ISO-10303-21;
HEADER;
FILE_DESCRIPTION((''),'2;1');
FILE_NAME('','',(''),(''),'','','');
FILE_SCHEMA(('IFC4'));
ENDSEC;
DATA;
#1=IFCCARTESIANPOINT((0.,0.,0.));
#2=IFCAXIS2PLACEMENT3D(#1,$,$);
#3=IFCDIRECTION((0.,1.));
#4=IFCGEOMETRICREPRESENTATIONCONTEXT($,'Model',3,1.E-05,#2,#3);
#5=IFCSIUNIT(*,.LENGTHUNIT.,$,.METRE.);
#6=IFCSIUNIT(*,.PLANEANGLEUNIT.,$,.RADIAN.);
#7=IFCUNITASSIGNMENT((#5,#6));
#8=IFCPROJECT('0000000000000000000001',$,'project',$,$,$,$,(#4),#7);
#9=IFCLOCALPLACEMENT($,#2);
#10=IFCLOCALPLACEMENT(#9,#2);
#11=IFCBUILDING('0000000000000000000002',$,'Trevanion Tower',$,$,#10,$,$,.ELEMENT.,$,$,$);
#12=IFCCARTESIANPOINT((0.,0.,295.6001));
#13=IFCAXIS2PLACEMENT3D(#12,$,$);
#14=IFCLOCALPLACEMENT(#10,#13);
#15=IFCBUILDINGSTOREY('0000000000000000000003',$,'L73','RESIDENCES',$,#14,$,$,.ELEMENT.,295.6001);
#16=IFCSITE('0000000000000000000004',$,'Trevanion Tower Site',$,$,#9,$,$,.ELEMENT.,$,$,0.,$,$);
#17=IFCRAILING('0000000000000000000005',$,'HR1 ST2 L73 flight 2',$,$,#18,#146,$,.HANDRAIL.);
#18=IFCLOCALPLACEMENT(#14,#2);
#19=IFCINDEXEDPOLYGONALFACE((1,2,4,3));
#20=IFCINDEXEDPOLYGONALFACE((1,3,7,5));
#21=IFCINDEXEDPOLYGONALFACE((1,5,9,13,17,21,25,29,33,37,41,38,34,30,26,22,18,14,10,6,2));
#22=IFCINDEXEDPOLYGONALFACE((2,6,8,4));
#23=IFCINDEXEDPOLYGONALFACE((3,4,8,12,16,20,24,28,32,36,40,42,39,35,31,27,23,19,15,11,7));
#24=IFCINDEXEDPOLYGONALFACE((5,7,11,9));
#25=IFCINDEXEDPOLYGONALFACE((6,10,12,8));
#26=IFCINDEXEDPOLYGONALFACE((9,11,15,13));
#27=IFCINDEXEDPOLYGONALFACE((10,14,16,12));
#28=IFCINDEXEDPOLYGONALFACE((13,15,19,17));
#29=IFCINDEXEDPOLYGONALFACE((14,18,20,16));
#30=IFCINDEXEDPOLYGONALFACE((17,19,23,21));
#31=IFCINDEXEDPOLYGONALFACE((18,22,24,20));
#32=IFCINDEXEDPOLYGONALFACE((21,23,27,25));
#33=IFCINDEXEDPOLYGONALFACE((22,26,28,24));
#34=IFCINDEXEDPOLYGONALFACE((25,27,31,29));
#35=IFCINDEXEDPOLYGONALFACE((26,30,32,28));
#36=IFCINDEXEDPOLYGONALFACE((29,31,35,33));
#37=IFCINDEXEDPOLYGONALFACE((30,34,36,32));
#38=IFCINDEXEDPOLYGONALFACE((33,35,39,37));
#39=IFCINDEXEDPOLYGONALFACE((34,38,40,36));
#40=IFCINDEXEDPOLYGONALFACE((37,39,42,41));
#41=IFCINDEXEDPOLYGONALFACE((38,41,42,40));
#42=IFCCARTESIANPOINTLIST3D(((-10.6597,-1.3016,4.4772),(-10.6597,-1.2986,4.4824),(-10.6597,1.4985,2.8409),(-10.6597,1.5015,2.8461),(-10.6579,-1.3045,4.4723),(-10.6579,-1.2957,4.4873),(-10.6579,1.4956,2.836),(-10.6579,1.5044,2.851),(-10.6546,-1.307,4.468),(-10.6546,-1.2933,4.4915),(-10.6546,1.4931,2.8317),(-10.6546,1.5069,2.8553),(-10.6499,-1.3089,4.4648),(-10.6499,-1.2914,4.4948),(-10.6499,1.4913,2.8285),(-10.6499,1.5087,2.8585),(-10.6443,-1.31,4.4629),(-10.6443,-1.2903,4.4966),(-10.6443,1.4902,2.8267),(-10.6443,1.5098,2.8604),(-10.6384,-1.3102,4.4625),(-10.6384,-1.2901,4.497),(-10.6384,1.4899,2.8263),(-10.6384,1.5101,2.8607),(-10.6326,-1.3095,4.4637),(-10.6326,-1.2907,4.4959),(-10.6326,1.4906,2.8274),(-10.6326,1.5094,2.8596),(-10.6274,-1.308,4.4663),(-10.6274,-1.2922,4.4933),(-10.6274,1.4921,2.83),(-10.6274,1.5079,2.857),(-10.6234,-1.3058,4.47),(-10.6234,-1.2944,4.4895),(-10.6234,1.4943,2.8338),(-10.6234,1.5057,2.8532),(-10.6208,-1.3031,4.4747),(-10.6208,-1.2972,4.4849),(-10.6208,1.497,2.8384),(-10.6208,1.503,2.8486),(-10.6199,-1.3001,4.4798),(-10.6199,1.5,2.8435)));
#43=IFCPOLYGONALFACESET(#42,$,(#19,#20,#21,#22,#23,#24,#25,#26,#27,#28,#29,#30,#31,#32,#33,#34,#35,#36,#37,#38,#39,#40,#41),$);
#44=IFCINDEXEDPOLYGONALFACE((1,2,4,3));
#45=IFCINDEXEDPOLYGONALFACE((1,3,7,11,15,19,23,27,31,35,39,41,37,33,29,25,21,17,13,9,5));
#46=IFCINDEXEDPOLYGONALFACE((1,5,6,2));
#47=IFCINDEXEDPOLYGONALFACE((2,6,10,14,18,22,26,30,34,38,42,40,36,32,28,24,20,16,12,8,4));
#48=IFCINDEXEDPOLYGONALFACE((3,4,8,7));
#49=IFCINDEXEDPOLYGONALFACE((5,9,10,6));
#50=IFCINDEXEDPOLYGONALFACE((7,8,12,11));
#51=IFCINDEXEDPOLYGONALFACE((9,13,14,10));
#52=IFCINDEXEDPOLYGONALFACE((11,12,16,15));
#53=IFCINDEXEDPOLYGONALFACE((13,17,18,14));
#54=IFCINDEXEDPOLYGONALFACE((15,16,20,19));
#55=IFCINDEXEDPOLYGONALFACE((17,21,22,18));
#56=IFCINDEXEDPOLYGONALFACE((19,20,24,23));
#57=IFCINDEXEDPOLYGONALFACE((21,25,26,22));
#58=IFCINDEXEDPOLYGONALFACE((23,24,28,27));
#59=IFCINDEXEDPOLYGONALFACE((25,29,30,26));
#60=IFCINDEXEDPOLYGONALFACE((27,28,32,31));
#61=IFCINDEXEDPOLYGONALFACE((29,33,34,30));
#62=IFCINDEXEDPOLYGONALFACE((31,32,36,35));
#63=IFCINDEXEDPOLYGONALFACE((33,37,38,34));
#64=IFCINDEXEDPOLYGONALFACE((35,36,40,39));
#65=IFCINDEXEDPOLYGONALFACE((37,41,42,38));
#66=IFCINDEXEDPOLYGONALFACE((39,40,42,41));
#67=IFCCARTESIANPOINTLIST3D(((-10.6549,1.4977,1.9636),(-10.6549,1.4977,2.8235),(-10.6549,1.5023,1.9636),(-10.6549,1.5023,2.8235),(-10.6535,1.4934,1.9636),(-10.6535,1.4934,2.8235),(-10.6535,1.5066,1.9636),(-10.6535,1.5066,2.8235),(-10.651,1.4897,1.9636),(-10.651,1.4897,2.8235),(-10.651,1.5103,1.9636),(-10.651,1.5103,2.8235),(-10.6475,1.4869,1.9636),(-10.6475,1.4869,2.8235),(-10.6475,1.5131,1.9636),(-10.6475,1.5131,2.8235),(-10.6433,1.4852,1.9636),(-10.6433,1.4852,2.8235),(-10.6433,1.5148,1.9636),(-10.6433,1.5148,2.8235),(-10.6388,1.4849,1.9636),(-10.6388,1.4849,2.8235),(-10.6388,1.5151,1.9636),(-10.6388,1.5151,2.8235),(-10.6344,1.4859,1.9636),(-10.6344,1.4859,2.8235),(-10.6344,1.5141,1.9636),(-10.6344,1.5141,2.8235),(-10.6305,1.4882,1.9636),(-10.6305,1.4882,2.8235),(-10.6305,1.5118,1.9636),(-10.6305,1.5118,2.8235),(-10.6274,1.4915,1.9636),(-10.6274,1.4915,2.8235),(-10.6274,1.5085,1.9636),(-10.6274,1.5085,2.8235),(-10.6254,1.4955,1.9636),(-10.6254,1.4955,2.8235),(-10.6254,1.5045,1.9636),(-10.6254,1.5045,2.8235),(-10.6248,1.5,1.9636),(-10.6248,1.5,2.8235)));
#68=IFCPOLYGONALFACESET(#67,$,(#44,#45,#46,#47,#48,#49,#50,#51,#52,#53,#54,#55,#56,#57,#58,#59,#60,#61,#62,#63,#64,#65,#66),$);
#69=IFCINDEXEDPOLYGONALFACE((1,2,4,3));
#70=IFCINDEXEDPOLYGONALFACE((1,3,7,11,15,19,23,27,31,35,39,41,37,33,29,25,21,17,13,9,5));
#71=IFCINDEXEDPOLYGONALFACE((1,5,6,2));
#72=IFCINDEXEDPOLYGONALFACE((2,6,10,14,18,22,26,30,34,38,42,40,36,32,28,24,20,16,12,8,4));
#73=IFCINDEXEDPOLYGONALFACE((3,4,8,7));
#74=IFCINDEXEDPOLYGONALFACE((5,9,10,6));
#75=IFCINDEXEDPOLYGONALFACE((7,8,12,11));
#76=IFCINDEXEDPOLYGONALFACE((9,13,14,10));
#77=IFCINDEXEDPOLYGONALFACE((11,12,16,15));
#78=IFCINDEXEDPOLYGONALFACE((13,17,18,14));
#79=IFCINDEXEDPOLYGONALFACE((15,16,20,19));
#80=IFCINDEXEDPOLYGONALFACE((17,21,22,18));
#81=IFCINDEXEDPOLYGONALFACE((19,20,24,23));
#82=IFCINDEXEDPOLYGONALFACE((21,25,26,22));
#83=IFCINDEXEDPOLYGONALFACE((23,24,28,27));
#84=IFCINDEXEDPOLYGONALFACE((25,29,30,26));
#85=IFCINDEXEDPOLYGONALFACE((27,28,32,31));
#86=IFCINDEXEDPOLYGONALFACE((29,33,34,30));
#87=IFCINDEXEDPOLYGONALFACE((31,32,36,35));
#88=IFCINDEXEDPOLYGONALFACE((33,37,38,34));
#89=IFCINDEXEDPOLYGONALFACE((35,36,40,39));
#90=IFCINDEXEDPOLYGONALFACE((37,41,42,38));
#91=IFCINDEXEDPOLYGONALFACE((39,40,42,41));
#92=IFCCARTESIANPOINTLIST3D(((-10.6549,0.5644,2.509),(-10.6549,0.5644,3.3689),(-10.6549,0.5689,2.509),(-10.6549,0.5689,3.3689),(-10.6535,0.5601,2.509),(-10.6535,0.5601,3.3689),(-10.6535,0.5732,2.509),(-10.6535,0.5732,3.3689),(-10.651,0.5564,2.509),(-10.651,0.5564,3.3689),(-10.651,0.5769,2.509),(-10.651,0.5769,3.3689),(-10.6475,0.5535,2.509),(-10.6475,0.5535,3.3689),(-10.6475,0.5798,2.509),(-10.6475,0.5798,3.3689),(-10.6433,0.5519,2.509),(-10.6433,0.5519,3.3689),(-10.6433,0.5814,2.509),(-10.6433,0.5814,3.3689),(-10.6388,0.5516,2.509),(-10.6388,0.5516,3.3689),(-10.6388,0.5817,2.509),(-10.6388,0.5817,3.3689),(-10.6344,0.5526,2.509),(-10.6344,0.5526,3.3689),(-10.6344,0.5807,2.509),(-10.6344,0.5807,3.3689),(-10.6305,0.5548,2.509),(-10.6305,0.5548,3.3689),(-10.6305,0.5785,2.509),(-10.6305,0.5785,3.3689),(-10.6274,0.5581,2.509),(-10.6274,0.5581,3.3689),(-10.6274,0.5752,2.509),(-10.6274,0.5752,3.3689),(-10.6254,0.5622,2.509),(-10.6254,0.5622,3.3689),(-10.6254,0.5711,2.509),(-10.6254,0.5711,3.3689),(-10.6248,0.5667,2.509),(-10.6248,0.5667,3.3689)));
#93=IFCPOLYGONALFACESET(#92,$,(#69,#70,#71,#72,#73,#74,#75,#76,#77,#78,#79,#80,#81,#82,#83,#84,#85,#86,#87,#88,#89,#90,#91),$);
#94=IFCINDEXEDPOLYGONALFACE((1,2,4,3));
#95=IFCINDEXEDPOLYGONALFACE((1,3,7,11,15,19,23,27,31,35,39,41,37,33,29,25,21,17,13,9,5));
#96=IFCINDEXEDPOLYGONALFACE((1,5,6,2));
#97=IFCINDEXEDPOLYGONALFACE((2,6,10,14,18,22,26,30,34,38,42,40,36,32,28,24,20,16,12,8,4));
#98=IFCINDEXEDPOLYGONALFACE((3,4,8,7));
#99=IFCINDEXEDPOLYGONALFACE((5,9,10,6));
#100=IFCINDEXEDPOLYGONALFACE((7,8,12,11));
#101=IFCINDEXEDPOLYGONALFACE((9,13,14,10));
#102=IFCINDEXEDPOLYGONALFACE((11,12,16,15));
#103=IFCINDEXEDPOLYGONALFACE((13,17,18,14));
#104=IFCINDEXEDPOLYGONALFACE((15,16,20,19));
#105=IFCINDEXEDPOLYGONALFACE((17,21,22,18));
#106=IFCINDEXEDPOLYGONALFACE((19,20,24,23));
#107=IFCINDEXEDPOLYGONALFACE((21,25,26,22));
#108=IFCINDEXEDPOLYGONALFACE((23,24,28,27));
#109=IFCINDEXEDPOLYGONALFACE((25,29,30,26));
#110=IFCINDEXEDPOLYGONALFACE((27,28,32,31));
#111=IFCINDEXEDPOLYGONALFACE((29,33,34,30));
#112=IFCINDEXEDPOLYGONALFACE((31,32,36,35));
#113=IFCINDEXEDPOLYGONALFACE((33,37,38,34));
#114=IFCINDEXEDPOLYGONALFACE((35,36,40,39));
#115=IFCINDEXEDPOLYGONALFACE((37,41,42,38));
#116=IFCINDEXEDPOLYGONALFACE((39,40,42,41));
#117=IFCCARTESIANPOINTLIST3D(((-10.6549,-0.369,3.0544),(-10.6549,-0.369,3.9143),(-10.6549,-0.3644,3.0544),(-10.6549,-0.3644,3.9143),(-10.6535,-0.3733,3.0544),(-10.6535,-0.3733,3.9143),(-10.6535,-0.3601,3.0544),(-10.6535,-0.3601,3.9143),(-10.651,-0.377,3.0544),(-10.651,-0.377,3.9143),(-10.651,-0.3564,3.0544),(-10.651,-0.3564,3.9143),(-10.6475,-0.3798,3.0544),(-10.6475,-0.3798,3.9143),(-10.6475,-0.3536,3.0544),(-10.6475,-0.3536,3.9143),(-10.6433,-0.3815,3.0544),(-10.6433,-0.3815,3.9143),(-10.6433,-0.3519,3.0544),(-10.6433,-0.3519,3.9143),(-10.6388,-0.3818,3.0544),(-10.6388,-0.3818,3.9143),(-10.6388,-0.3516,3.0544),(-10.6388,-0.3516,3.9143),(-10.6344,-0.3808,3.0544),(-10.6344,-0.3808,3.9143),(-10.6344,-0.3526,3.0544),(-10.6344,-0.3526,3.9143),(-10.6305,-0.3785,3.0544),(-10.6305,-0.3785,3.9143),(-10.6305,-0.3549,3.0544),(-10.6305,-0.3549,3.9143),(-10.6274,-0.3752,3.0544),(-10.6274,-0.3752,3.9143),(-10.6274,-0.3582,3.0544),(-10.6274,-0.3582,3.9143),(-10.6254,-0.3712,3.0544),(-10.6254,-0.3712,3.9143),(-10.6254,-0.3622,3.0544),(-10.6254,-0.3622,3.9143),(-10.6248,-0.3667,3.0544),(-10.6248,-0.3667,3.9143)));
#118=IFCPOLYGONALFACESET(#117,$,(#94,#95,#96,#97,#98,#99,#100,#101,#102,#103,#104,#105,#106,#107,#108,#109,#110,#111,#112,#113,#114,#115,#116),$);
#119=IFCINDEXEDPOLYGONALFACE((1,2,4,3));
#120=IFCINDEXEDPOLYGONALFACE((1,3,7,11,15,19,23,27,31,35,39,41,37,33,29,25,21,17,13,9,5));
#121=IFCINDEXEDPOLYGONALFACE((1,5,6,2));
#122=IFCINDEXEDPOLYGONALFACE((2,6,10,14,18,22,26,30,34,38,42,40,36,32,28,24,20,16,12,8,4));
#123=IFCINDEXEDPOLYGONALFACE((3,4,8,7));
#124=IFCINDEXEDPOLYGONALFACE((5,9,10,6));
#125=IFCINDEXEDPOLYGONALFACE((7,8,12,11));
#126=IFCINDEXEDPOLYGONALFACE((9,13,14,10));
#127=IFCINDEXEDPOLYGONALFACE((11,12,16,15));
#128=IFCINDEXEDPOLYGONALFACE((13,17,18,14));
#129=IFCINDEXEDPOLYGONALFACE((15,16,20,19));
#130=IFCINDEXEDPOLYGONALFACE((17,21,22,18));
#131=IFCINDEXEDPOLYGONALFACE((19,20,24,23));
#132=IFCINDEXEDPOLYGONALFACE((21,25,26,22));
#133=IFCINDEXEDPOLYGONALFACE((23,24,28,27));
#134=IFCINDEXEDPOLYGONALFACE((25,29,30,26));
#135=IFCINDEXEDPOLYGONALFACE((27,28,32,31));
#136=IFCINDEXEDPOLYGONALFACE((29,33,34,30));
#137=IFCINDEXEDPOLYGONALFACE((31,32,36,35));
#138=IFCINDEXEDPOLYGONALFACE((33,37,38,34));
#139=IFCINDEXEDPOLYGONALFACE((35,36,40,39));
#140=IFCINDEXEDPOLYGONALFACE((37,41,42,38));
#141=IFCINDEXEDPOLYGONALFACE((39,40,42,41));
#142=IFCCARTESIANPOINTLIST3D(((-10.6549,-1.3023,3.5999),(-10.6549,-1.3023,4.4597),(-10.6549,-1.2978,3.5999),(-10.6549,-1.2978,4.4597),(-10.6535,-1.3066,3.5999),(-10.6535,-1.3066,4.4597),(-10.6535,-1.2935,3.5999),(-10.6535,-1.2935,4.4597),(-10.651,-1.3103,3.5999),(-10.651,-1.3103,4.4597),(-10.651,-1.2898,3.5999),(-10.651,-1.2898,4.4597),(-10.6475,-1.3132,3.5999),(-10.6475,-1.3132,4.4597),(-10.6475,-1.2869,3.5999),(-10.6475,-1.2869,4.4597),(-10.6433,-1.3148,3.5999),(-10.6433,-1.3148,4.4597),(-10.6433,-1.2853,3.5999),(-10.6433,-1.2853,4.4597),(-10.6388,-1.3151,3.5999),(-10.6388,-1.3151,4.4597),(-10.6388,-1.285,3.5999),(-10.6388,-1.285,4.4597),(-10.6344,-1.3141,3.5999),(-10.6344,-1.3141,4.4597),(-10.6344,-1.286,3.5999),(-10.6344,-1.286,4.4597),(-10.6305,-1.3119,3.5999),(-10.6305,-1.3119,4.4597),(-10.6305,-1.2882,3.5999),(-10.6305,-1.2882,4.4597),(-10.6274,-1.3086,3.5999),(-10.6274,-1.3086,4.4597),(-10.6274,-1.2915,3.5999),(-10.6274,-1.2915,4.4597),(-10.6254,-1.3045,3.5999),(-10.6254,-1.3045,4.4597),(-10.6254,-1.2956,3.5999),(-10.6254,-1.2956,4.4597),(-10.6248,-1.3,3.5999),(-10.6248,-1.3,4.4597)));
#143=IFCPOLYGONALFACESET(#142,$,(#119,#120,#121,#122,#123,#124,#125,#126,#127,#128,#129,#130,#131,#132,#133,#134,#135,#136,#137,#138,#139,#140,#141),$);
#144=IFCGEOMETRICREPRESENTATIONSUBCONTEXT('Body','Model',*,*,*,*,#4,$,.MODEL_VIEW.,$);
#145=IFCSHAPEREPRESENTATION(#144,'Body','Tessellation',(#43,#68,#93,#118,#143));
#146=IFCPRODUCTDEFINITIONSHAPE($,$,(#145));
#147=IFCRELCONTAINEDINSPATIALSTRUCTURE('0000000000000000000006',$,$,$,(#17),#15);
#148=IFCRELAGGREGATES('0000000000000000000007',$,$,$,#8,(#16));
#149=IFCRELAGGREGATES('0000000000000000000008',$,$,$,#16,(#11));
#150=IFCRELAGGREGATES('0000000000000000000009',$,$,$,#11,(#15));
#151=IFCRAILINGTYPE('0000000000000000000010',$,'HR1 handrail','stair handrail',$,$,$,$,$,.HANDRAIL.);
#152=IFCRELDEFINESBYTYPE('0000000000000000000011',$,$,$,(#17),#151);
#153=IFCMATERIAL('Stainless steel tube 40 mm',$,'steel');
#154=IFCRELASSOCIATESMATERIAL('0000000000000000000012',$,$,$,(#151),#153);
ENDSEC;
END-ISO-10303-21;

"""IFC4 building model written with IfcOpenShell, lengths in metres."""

from ifc_helpers import new_model, si_unit, direction, frame, origin, origin_2d, place, context, subcontext, project, spatial, circle, extrude, material, type_object, element, save


model = new_model("IFC4")

# Units and contexts
model_context = context("Model", 3, precision=1e-05, world=origin(), true_north=direction((0.0, 1.0)))
body_context = subcontext(model_context, "Body", "Model", "MODEL_VIEW")
ifc_project = project(units=[si_unit("LENGTHUNIT", "METRE"), si_unit("PLANEANGLEUNIT", "RADIAN")], contexts=[model_context])

# Site, building, storey
site_placement = place(None, origin())
site = spatial("IfcSite", under=ifc_project, at=site_placement, Name="Trevanion Tower Site", CompositionType="ELEMENT", RefElevation=0.0)
building_placement = place(site_placement, origin())
building = spatial("IfcBuilding", under=site, at=building_placement, Name="Trevanion Tower", CompositionType="ELEMENT")
storey_placement = place(building_placement, frame((0.0, 0.0, 295.6001)))
storey = spatial("IfcBuildingStorey", under=building, at=storey_placement, Name="L73", Description="RESIDENCES", CompositionType="ELEMENT", Elevation=295.6001)

# Railing
ifc_material_1 = material(Name="Stainless steel tube 40 mm", Category="steel")
railing_type = type_object("IfcRailingType", Name="HR1 handrail", Description="stair handrail", PredefinedType="HANDRAIL", material=ifc_material_1)
for number, where, name in (
    (1, (-10.6399, 1.5, 1.9636), "HR1 ST2 L73 flight 2"),
):
    element("IfcRailing", number, at=place(storey_placement, frame(where)), inside=storey, type_object=railing_type, Name=name, PredefinedType="HANDRAIL", context=body_context, shape_type="SweptSolid", body=[
        extrude(circle(Radius=0.02, at=origin_2d()), frame((0.0, 0.0, 0.8799), z_axis=(0.0, -0.863394, 0.504531), x_axis=(1.0, 0.0, 0.0)), (0.0, 0.0, 1.0), 3.2432),
        extrude(circle(Radius=0.0151, at=origin_2d()), origin(), (0.0, 0.0, 1.0), 0.8599),
        extrude(circle(Radius=0.0151, at=origin_2d()), frame((0.0, -0.9333, 0.5454)), (0.0, 0.0, 1.0), 0.8599),
        extrude(circle(Radius=0.0151, at=origin_2d()), frame((0.0, -1.8667, 1.0908)), (0.0, 0.0, 1.0), 0.8599),
        extrude(circle(Radius=0.0151, at=origin_2d()), frame((0.0, -2.8, 1.6362)), (0.0, 0.0, 1.0), 0.8599),
    ])

save(model, "model.ifc")
